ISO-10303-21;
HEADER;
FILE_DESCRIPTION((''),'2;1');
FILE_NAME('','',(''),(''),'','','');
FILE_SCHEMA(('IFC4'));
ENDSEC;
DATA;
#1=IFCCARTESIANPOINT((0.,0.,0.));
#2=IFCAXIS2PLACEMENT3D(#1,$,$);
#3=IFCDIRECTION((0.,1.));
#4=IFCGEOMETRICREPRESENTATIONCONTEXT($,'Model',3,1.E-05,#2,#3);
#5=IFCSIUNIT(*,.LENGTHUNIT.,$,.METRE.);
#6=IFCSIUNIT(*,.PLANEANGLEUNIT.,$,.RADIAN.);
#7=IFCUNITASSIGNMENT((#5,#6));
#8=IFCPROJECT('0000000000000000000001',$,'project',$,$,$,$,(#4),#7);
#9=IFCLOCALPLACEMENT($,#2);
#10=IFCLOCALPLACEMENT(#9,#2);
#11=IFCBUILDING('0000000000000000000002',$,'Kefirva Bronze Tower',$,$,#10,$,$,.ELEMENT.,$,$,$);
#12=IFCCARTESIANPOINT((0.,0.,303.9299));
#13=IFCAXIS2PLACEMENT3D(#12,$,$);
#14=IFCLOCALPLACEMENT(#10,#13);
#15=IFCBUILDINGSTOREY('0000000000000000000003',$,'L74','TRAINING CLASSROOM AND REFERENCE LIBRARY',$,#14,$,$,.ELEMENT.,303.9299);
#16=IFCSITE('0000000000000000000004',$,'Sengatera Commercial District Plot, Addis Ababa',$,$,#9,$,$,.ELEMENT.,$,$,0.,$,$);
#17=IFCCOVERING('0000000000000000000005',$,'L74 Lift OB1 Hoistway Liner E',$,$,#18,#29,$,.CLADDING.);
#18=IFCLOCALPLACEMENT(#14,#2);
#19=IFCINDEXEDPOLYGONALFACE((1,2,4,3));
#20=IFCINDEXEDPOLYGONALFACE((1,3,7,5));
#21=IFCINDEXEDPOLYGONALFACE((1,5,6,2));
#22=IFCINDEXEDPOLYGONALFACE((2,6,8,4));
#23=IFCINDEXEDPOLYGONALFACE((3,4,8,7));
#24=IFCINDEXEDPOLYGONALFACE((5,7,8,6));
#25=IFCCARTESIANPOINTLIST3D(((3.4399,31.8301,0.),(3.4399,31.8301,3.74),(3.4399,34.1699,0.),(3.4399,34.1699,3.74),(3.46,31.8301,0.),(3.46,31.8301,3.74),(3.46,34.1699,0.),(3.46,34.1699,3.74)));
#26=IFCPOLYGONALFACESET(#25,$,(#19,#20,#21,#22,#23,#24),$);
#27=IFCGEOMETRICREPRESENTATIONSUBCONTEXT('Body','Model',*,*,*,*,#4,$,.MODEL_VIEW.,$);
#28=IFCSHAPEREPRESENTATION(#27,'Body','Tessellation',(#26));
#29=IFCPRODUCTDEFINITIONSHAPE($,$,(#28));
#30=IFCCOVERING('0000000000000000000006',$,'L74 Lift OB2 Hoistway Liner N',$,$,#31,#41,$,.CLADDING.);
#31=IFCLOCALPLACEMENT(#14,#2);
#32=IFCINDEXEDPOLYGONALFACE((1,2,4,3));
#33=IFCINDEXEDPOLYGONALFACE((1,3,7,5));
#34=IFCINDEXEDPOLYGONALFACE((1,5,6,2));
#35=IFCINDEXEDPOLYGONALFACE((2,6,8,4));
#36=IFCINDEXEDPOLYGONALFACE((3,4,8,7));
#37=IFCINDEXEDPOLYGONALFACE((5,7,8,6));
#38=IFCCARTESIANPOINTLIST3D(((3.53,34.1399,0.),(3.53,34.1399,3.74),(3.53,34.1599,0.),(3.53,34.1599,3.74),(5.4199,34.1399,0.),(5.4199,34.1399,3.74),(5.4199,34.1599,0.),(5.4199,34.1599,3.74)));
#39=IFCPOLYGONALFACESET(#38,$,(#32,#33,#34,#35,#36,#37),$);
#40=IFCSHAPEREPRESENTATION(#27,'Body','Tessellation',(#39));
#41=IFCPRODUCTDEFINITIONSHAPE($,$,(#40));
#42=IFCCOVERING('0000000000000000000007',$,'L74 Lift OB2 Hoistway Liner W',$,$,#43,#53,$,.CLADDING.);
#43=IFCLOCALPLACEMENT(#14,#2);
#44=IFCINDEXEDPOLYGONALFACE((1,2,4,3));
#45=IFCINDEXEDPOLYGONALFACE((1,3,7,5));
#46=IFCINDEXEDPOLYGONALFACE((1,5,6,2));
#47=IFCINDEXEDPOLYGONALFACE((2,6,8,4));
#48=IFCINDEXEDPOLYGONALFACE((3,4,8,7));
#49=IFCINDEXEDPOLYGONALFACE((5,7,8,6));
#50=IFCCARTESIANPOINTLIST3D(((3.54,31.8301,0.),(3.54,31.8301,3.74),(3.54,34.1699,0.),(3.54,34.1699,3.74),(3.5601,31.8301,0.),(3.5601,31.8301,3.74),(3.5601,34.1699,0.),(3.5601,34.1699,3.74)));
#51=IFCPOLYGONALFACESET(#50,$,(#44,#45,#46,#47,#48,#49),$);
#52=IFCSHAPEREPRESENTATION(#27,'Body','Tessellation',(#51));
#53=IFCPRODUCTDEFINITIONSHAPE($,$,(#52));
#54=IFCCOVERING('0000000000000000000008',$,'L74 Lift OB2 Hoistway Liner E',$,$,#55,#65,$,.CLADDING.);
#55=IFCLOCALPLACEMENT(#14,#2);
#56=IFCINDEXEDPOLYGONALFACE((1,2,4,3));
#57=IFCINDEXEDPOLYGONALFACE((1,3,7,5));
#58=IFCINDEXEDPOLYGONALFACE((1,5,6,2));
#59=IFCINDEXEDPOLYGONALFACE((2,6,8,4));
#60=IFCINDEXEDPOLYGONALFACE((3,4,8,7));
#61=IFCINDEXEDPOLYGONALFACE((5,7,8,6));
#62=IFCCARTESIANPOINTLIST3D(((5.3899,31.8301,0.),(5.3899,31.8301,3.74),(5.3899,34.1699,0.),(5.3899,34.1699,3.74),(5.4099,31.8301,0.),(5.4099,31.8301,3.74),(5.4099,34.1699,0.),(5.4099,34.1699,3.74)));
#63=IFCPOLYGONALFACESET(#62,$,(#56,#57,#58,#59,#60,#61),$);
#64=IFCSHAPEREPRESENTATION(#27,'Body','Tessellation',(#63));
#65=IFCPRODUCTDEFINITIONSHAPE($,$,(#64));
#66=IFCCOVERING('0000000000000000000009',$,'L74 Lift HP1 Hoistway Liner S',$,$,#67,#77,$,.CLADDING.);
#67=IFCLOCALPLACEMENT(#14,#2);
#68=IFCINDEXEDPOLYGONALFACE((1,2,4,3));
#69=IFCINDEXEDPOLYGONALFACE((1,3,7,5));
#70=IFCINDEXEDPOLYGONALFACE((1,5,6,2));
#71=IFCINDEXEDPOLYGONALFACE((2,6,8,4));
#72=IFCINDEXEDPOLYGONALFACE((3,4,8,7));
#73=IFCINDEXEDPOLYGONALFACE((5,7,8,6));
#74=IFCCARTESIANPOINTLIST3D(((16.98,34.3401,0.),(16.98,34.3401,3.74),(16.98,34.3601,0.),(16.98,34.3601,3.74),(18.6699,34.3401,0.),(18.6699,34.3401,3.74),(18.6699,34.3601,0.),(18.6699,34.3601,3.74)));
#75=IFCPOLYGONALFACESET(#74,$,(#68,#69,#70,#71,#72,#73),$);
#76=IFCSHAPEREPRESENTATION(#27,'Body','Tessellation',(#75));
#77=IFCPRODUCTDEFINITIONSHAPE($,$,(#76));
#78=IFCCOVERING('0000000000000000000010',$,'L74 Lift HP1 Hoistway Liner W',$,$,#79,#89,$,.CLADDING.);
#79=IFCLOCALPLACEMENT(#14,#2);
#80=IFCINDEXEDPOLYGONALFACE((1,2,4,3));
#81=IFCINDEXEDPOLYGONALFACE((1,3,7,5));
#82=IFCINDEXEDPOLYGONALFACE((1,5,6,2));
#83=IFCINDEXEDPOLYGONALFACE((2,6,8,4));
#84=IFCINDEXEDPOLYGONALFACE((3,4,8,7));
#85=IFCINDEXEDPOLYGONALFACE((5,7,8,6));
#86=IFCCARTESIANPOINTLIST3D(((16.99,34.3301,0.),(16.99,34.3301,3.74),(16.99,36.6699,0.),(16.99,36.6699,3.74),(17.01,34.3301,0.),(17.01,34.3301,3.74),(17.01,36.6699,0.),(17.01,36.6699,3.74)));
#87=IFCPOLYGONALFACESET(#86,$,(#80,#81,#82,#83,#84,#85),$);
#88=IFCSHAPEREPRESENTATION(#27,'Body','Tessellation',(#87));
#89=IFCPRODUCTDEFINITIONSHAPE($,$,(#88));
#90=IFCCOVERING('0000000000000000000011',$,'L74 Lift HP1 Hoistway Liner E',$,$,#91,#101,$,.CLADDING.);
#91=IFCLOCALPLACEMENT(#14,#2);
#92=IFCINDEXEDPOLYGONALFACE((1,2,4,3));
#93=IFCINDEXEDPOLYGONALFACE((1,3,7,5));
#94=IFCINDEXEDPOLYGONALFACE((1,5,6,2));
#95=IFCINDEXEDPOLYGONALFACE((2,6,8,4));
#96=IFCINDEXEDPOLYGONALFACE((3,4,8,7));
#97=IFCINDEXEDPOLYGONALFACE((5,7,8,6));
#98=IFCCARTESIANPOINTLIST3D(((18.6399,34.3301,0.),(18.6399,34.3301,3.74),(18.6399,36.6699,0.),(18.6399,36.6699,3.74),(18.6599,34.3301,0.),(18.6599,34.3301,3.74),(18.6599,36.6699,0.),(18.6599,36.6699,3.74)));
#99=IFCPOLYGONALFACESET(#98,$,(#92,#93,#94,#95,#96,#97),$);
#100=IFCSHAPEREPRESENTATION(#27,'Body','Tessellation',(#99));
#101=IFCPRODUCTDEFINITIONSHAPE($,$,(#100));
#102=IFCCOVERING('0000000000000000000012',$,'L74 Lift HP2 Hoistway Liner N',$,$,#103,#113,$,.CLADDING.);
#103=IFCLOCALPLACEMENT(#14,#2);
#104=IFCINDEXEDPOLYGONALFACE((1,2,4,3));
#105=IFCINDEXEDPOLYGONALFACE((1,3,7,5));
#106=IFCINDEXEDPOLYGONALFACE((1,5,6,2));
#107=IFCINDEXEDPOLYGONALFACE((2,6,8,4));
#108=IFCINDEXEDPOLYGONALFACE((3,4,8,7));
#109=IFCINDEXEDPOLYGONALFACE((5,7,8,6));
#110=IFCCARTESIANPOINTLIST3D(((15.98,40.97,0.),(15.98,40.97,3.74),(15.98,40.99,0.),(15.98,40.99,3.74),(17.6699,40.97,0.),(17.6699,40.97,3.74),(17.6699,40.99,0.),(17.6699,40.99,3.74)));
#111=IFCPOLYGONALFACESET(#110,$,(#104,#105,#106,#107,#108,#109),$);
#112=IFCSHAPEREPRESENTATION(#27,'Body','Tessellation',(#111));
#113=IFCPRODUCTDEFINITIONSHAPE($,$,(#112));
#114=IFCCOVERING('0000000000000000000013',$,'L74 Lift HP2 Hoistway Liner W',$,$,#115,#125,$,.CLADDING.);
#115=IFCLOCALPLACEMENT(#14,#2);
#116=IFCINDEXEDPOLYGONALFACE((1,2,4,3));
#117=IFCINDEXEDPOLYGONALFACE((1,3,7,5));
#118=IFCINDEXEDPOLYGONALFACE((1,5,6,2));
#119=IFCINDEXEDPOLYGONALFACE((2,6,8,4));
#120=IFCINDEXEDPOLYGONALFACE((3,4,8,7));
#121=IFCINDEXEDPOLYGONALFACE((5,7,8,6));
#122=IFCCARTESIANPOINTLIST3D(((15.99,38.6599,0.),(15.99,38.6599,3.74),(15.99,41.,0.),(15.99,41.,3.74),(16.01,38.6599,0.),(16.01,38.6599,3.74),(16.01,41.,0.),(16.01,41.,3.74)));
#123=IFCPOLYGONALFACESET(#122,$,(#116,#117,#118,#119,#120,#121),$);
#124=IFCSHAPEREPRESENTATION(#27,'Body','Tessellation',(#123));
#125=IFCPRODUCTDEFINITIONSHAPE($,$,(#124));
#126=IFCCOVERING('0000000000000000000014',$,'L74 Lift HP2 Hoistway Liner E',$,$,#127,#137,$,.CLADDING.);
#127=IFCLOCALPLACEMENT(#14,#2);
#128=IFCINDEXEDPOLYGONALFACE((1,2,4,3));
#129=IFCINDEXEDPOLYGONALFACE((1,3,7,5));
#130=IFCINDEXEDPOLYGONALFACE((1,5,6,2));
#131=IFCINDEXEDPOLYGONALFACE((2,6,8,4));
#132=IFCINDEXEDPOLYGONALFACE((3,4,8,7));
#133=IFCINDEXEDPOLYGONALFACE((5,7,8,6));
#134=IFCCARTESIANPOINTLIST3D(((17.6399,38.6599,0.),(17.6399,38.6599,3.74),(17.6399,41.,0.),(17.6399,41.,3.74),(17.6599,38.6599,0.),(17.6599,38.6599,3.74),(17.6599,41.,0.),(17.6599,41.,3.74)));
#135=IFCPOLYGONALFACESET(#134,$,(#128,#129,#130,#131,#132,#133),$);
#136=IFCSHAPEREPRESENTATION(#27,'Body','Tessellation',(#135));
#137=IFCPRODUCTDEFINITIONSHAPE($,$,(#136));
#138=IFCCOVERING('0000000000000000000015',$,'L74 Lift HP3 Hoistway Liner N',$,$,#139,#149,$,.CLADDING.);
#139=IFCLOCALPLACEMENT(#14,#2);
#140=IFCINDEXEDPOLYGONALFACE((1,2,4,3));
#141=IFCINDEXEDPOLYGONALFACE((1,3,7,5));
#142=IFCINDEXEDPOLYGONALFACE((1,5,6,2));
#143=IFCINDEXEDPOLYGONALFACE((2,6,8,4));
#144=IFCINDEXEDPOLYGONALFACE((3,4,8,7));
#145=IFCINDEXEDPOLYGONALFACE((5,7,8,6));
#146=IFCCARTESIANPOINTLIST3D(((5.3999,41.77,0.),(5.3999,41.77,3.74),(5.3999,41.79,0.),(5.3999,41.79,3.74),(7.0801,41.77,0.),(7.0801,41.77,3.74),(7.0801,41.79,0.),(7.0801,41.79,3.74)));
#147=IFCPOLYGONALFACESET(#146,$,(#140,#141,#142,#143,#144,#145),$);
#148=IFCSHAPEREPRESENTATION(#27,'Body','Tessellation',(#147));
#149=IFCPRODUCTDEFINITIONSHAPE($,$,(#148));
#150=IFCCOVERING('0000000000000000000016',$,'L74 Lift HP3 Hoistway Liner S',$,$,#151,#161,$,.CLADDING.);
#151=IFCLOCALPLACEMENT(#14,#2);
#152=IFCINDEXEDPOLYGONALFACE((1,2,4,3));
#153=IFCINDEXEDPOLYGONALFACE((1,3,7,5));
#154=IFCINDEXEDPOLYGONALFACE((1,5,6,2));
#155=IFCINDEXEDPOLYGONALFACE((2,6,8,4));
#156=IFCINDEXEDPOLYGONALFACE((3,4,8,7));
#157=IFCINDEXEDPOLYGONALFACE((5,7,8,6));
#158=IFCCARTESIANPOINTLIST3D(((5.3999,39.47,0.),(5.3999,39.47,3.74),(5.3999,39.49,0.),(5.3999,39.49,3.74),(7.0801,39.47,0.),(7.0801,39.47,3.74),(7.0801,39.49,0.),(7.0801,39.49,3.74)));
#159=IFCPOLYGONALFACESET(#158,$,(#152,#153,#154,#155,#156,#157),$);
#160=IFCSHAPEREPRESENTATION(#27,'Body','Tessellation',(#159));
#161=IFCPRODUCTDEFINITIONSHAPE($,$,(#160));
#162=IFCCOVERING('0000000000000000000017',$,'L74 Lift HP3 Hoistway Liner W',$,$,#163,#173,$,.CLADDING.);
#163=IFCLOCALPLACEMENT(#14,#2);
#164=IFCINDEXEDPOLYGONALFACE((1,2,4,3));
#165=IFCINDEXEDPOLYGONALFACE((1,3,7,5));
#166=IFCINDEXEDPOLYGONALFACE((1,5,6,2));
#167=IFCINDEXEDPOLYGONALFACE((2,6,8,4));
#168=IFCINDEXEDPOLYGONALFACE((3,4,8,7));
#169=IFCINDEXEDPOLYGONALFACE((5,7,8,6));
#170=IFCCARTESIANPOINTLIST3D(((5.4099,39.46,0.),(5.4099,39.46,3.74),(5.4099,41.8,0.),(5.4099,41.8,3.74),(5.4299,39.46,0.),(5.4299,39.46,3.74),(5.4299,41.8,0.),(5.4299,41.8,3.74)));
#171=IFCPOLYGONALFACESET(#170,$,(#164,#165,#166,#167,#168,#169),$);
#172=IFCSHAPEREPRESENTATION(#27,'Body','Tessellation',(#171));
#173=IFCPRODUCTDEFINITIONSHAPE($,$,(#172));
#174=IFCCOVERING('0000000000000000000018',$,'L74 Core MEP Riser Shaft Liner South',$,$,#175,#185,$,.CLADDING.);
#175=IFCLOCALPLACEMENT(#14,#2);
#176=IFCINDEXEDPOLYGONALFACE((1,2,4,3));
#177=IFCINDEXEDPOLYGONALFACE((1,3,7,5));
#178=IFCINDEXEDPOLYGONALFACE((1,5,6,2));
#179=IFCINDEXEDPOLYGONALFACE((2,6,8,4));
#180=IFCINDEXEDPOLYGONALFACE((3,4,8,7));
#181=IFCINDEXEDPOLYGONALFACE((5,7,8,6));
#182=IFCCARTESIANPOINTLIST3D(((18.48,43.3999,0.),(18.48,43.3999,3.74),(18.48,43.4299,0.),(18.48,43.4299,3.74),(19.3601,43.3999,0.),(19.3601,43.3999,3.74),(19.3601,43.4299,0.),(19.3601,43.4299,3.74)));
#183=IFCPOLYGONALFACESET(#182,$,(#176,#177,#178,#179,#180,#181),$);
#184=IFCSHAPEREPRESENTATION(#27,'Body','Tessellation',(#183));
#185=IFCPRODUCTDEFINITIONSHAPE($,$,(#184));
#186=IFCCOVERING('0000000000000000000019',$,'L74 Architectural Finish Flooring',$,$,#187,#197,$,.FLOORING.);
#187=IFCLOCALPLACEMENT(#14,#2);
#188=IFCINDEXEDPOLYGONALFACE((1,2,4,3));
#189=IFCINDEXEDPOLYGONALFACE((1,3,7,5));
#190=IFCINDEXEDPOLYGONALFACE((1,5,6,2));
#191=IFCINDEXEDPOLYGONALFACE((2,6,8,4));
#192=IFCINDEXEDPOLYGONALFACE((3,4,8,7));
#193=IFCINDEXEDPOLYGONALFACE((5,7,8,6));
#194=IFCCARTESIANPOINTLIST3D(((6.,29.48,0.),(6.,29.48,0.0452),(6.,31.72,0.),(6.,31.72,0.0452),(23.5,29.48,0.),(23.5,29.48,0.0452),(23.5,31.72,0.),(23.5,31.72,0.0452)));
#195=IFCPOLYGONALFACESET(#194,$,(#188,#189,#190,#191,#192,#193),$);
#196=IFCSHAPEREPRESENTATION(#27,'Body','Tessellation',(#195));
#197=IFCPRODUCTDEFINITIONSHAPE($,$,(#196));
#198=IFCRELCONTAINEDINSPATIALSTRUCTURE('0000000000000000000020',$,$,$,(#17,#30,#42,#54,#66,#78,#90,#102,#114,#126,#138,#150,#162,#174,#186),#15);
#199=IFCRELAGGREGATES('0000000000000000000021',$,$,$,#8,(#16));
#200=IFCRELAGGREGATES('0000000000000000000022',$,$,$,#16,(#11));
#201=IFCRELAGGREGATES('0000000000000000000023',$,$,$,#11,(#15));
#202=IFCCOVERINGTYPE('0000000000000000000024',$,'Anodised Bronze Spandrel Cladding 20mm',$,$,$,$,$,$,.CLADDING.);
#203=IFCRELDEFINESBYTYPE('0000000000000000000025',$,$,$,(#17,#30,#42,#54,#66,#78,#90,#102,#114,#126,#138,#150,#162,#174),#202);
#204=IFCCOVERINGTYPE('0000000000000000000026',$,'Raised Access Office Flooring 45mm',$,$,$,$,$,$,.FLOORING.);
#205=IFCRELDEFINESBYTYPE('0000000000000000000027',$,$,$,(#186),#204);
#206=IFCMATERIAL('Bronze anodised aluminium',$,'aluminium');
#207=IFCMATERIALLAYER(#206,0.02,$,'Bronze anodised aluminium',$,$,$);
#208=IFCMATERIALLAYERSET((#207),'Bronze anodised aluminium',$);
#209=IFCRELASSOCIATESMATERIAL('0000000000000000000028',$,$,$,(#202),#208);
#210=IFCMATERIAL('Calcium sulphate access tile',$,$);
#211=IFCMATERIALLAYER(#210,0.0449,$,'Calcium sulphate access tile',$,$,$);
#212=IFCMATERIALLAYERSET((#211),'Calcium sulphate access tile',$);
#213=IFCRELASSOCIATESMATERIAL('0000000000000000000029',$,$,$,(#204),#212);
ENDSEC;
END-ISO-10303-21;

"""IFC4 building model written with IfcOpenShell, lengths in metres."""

from ifc_helpers import new_model, si_unit, direction, frame, origin, place, context, subcontext, project, spatial, polyline, outline, extrude, material, layer, layer_set, type_object, element, save


model = new_model("IFC4")

# Units and contexts
model_context = context("Model", 3, precision=1e-05, world=origin(), true_north=direction((0.0, 1.0)))
body_context = subcontext(model_context, "Body", "Model", "MODEL_VIEW")
ifc_project = project(units=[si_unit("LENGTHUNIT", "METRE"), si_unit("PLANEANGLEUNIT", "RADIAN")], contexts=[model_context])

# Site, building, storey
site_placement = place(None, origin())
site = spatial("IfcSite", under=ifc_project, at=site_placement, Name="Sengatera Commercial District Plot, Addis Ababa", CompositionType="ELEMENT", RefElevation=0.0)
building_placement = place(site_placement, origin())
building = spatial("IfcBuilding", under=site, at=building_placement, Name="Kefirva Bronze Tower", CompositionType="ELEMENT")
storey_placement = place(building_placement, frame((0.0, 0.0, 303.9299)))
storey = spatial("IfcBuildingStorey", under=building, at=storey_placement, Name="L74", Description="TRAINING CLASSROOM AND REFERENCE LIBRARY", CompositionType="ELEMENT", Elevation=303.9299)

# Shared definitions
ifc_material_1 = material(Name="Bronze anodised aluminium", Category="aluminium")

# Coverings
ifc_layer_1 = layer(ifc_material_1, 0.02, Name="Bronze anodised aluminium")
ifc_layer_set_1 = layer_set([ifc_layer_1], Name="Bronze anodised aluminium")
covering_type_1 = type_object("IfcCoveringType", Name="Anodised Bronze Spandrel Cladding 20mm", PredefinedType="CLADDING", material=ifc_layer_set_1)
covering_1_placement = place(storey_placement, origin())
element("IfcCovering", 1, at=covering_1_placement, inside=storey, type_object=covering_type_1, Name="L74 Lift OB1 Hoistway Liner E", PredefinedType="CLADDING", context=body_context, shape_type="SweptSolid", body=[
    extrude(outline(polyline([(3.4399, 31.8301), (3.46, 31.8301), (3.46, 34.1699), (3.4399, 34.1699), (3.4399, 31.8301)])), origin(), (0.0, 0.0, 1.0), 3.74),
])
covering_2_placement = place(storey_placement, origin())
element("IfcCovering", 2, at=covering_2_placement, inside=storey, type_object=covering_type_1, Name="L74 Lift OB2 Hoistway Liner N", PredefinedType="CLADDING", context=body_context, shape_type="SweptSolid", body=[
    extrude(outline(polyline([(3.53, 34.1399), (5.4199, 34.1399), (5.4199, 34.1599), (3.53, 34.1599), (3.53, 34.1399)])), origin(), (0.0, 0.0, 1.0), 3.74),
])
covering_3_placement = place(storey_placement, origin())
element("IfcCovering", 3, at=covering_3_placement, inside=storey, type_object=covering_type_1, Name="L74 Lift OB2 Hoistway Liner W", PredefinedType="CLADDING", context=body_context, shape_type="SweptSolid", body=[
    extrude(outline(polyline([(3.54, 31.8301), (3.5601, 31.8301), (3.5601, 34.1699), (3.54, 34.1699), (3.54, 31.8301)])), origin(), (0.0, 0.0, 1.0), 3.74),
])
covering_4_placement = place(storey_placement, origin())
element("IfcCovering", 4, at=covering_4_placement, inside=storey, type_object=covering_type_1, Name="L74 Lift OB2 Hoistway Liner E", PredefinedType="CLADDING", context=body_context, shape_type="SweptSolid", body=[
    extrude(outline(polyline([(5.3899, 31.8301), (5.4099, 31.8301), (5.4099, 34.1699), (5.3899, 34.1699), (5.3899, 31.8301)])), origin(), (0.0, 0.0, 1.0), 3.74),
])
covering_5_placement = place(storey_placement, origin())
element("IfcCovering", 5, at=covering_5_placement, inside=storey, type_object=covering_type_1, Name="L74 Lift HP1 Hoistway Liner S", PredefinedType="CLADDING", context=body_context, shape_type="SweptSolid", body=[
    extrude(outline(polyline([(16.98, 34.3401), (18.6699, 34.3401), (18.6699, 34.3601), (16.98, 34.3601), (16.98, 34.3401)])), origin(), (0.0, 0.0, 1.0), 3.74),
])
covering_6_placement = place(storey_placement, origin())
element("IfcCovering", 6, at=covering_6_placement, inside=storey, type_object=covering_type_1, Name="L74 Lift HP1 Hoistway Liner W", PredefinedType="CLADDING", context=body_context, shape_type="SweptSolid", body=[
    extrude(outline(polyline([(16.99, 34.3301), (17.01, 34.3301), (17.01, 36.6699), (16.99, 36.6699), (16.99, 34.3301)])), origin(), (0.0, 0.0, 1.0), 3.74),
])
covering_7_placement = place(storey_placement, origin())
element("IfcCovering", 7, at=covering_7_placement, inside=storey, type_object=covering_type_1, Name="L74 Lift HP1 Hoistway Liner E", PredefinedType="CLADDING", context=body_context, shape_type="SweptSolid", body=[
    extrude(outline(polyline([(18.6399, 34.3301), (18.6599, 34.3301), (18.6599, 36.6699), (18.6399, 36.6699), (18.6399, 34.3301)])), origin(), (0.0, 0.0, 1.0), 3.74),
])
covering_8_placement = place(storey_placement, origin())
element("IfcCovering", 8, at=covering_8_placement, inside=storey, type_object=covering_type_1, Name="L74 Lift HP2 Hoistway Liner N", PredefinedType="CLADDING", context=body_context, shape_type="SweptSolid", body=[
    extrude(outline(polyline([(15.98, 40.97), (17.6699, 40.97), (17.6699, 40.99), (15.98, 40.99), (15.98, 40.97)])), origin(), (0.0, 0.0, 1.0), 3.74),
])
covering_9_placement = place(storey_placement, origin())
element("IfcCovering", 9, at=covering_9_placement, inside=storey, type_object=covering_type_1, Name="L74 Lift HP2 Hoistway Liner W", PredefinedType="CLADDING", context=body_context, shape_type="SweptSolid", body=[
    extrude(outline(polyline([(15.99, 38.6599), (16.01, 38.6599), (16.01, 41.0), (15.99, 41.0), (15.99, 38.6599)])), origin(), (0.0, 0.0, 1.0), 3.74),
])
covering_10_placement = place(storey_placement, origin())
element("IfcCovering", 10, at=covering_10_placement, inside=storey, type_object=covering_type_1, Name="L74 Lift HP2 Hoistway Liner E", PredefinedType="CLADDING", context=body_context, shape_type="SweptSolid", body=[
    extrude(outline(polyline([(17.6399, 38.6599), (17.6599, 38.6599), (17.6599, 41.0), (17.6399, 41.0), (17.6399, 38.6599)])), origin(), (0.0, 0.0, 1.0), 3.74),
])
covering_11_placement = place(storey_placement, origin())
element("IfcCovering", 11, at=covering_11_placement, inside=storey, type_object=covering_type_1, Name="L74 Lift HP3 Hoistway Liner N", PredefinedType="CLADDING", context=body_context, shape_type="SweptSolid", body=[
    extrude(outline(polyline([(5.3999, 41.77), (7.0801, 41.77), (7.0801, 41.79), (5.3999, 41.79), (5.3999, 41.77)])), origin(), (0.0, 0.0, 1.0), 3.74),
])
covering_12_placement = place(storey_placement, origin())
element("IfcCovering", 12, at=covering_12_placement, inside=storey, type_object=covering_type_1, Name="L74 Lift HP3 Hoistway Liner S", PredefinedType="CLADDING", context=body_context, shape_type="SweptSolid", body=[
    extrude(outline(polyline([(5.3999, 39.47), (7.0801, 39.47), (7.0801, 39.49), (5.3999, 39.49), (5.3999, 39.47)])), origin(), (0.0, 0.0, 1.0), 3.74),
])
covering_13_placement = place(storey_placement, origin())
element("IfcCovering", 13, at=covering_13_placement, inside=storey, type_object=covering_type_1, Name="L74 Lift HP3 Hoistway Liner W", PredefinedType="CLADDING", context=body_context, shape_type="SweptSolid", body=[
    extrude(outline(polyline([(5.4099, 39.46), (5.4299, 39.46), (5.4299, 41.8), (5.4099, 41.8), (5.4099, 39.46)])), origin(), (0.0, 0.0, 1.0), 3.74),
])
covering_14_placement = place(storey_placement, origin())
element("IfcCovering", 14, at=covering_14_placement, inside=storey, type_object=covering_type_1, Name="L74 Core MEP Riser Shaft Liner South", PredefinedType="CLADDING", context=body_context, shape_type="SweptSolid", body=[
    extrude(outline(polyline([(18.48, 43.3999), (19.3601, 43.3999), (19.3601, 43.4299), (18.48, 43.4299), (18.48, 43.3999)])), origin(), (0.0, 0.0, 1.0), 3.74),
])
ifc_material_2 = material(Name="Calcium sulphate access tile")
ifc_layer_2 = layer(ifc_material_2, 0.0449, Name="Calcium sulphate access tile")
ifc_layer_set_2 = layer_set([ifc_layer_2], Name="Calcium sulphate access tile")
covering_type_2 = type_object("IfcCoveringType", Name="Raised Access Office Flooring 45mm", PredefinedType="FLOORING", material=ifc_layer_set_2)
covering_15_placement = place(storey_placement, origin())
element("IfcCovering", 15, at=covering_15_placement, inside=storey, type_object=covering_type_2, Name="L74 Architectural Finish Flooring", PredefinedType="FLOORING", context=body_context, shape_type="SweptSolid", body=[
    extrude(outline(polyline([(6.0, 29.48), (23.5, 29.48), (23.5, 31.72), (6.0, 31.72), (6.0, 29.48)])), origin(), (0.0, 0.0, 1.0), 0.0452),
])

save(model, "model.ifc")
